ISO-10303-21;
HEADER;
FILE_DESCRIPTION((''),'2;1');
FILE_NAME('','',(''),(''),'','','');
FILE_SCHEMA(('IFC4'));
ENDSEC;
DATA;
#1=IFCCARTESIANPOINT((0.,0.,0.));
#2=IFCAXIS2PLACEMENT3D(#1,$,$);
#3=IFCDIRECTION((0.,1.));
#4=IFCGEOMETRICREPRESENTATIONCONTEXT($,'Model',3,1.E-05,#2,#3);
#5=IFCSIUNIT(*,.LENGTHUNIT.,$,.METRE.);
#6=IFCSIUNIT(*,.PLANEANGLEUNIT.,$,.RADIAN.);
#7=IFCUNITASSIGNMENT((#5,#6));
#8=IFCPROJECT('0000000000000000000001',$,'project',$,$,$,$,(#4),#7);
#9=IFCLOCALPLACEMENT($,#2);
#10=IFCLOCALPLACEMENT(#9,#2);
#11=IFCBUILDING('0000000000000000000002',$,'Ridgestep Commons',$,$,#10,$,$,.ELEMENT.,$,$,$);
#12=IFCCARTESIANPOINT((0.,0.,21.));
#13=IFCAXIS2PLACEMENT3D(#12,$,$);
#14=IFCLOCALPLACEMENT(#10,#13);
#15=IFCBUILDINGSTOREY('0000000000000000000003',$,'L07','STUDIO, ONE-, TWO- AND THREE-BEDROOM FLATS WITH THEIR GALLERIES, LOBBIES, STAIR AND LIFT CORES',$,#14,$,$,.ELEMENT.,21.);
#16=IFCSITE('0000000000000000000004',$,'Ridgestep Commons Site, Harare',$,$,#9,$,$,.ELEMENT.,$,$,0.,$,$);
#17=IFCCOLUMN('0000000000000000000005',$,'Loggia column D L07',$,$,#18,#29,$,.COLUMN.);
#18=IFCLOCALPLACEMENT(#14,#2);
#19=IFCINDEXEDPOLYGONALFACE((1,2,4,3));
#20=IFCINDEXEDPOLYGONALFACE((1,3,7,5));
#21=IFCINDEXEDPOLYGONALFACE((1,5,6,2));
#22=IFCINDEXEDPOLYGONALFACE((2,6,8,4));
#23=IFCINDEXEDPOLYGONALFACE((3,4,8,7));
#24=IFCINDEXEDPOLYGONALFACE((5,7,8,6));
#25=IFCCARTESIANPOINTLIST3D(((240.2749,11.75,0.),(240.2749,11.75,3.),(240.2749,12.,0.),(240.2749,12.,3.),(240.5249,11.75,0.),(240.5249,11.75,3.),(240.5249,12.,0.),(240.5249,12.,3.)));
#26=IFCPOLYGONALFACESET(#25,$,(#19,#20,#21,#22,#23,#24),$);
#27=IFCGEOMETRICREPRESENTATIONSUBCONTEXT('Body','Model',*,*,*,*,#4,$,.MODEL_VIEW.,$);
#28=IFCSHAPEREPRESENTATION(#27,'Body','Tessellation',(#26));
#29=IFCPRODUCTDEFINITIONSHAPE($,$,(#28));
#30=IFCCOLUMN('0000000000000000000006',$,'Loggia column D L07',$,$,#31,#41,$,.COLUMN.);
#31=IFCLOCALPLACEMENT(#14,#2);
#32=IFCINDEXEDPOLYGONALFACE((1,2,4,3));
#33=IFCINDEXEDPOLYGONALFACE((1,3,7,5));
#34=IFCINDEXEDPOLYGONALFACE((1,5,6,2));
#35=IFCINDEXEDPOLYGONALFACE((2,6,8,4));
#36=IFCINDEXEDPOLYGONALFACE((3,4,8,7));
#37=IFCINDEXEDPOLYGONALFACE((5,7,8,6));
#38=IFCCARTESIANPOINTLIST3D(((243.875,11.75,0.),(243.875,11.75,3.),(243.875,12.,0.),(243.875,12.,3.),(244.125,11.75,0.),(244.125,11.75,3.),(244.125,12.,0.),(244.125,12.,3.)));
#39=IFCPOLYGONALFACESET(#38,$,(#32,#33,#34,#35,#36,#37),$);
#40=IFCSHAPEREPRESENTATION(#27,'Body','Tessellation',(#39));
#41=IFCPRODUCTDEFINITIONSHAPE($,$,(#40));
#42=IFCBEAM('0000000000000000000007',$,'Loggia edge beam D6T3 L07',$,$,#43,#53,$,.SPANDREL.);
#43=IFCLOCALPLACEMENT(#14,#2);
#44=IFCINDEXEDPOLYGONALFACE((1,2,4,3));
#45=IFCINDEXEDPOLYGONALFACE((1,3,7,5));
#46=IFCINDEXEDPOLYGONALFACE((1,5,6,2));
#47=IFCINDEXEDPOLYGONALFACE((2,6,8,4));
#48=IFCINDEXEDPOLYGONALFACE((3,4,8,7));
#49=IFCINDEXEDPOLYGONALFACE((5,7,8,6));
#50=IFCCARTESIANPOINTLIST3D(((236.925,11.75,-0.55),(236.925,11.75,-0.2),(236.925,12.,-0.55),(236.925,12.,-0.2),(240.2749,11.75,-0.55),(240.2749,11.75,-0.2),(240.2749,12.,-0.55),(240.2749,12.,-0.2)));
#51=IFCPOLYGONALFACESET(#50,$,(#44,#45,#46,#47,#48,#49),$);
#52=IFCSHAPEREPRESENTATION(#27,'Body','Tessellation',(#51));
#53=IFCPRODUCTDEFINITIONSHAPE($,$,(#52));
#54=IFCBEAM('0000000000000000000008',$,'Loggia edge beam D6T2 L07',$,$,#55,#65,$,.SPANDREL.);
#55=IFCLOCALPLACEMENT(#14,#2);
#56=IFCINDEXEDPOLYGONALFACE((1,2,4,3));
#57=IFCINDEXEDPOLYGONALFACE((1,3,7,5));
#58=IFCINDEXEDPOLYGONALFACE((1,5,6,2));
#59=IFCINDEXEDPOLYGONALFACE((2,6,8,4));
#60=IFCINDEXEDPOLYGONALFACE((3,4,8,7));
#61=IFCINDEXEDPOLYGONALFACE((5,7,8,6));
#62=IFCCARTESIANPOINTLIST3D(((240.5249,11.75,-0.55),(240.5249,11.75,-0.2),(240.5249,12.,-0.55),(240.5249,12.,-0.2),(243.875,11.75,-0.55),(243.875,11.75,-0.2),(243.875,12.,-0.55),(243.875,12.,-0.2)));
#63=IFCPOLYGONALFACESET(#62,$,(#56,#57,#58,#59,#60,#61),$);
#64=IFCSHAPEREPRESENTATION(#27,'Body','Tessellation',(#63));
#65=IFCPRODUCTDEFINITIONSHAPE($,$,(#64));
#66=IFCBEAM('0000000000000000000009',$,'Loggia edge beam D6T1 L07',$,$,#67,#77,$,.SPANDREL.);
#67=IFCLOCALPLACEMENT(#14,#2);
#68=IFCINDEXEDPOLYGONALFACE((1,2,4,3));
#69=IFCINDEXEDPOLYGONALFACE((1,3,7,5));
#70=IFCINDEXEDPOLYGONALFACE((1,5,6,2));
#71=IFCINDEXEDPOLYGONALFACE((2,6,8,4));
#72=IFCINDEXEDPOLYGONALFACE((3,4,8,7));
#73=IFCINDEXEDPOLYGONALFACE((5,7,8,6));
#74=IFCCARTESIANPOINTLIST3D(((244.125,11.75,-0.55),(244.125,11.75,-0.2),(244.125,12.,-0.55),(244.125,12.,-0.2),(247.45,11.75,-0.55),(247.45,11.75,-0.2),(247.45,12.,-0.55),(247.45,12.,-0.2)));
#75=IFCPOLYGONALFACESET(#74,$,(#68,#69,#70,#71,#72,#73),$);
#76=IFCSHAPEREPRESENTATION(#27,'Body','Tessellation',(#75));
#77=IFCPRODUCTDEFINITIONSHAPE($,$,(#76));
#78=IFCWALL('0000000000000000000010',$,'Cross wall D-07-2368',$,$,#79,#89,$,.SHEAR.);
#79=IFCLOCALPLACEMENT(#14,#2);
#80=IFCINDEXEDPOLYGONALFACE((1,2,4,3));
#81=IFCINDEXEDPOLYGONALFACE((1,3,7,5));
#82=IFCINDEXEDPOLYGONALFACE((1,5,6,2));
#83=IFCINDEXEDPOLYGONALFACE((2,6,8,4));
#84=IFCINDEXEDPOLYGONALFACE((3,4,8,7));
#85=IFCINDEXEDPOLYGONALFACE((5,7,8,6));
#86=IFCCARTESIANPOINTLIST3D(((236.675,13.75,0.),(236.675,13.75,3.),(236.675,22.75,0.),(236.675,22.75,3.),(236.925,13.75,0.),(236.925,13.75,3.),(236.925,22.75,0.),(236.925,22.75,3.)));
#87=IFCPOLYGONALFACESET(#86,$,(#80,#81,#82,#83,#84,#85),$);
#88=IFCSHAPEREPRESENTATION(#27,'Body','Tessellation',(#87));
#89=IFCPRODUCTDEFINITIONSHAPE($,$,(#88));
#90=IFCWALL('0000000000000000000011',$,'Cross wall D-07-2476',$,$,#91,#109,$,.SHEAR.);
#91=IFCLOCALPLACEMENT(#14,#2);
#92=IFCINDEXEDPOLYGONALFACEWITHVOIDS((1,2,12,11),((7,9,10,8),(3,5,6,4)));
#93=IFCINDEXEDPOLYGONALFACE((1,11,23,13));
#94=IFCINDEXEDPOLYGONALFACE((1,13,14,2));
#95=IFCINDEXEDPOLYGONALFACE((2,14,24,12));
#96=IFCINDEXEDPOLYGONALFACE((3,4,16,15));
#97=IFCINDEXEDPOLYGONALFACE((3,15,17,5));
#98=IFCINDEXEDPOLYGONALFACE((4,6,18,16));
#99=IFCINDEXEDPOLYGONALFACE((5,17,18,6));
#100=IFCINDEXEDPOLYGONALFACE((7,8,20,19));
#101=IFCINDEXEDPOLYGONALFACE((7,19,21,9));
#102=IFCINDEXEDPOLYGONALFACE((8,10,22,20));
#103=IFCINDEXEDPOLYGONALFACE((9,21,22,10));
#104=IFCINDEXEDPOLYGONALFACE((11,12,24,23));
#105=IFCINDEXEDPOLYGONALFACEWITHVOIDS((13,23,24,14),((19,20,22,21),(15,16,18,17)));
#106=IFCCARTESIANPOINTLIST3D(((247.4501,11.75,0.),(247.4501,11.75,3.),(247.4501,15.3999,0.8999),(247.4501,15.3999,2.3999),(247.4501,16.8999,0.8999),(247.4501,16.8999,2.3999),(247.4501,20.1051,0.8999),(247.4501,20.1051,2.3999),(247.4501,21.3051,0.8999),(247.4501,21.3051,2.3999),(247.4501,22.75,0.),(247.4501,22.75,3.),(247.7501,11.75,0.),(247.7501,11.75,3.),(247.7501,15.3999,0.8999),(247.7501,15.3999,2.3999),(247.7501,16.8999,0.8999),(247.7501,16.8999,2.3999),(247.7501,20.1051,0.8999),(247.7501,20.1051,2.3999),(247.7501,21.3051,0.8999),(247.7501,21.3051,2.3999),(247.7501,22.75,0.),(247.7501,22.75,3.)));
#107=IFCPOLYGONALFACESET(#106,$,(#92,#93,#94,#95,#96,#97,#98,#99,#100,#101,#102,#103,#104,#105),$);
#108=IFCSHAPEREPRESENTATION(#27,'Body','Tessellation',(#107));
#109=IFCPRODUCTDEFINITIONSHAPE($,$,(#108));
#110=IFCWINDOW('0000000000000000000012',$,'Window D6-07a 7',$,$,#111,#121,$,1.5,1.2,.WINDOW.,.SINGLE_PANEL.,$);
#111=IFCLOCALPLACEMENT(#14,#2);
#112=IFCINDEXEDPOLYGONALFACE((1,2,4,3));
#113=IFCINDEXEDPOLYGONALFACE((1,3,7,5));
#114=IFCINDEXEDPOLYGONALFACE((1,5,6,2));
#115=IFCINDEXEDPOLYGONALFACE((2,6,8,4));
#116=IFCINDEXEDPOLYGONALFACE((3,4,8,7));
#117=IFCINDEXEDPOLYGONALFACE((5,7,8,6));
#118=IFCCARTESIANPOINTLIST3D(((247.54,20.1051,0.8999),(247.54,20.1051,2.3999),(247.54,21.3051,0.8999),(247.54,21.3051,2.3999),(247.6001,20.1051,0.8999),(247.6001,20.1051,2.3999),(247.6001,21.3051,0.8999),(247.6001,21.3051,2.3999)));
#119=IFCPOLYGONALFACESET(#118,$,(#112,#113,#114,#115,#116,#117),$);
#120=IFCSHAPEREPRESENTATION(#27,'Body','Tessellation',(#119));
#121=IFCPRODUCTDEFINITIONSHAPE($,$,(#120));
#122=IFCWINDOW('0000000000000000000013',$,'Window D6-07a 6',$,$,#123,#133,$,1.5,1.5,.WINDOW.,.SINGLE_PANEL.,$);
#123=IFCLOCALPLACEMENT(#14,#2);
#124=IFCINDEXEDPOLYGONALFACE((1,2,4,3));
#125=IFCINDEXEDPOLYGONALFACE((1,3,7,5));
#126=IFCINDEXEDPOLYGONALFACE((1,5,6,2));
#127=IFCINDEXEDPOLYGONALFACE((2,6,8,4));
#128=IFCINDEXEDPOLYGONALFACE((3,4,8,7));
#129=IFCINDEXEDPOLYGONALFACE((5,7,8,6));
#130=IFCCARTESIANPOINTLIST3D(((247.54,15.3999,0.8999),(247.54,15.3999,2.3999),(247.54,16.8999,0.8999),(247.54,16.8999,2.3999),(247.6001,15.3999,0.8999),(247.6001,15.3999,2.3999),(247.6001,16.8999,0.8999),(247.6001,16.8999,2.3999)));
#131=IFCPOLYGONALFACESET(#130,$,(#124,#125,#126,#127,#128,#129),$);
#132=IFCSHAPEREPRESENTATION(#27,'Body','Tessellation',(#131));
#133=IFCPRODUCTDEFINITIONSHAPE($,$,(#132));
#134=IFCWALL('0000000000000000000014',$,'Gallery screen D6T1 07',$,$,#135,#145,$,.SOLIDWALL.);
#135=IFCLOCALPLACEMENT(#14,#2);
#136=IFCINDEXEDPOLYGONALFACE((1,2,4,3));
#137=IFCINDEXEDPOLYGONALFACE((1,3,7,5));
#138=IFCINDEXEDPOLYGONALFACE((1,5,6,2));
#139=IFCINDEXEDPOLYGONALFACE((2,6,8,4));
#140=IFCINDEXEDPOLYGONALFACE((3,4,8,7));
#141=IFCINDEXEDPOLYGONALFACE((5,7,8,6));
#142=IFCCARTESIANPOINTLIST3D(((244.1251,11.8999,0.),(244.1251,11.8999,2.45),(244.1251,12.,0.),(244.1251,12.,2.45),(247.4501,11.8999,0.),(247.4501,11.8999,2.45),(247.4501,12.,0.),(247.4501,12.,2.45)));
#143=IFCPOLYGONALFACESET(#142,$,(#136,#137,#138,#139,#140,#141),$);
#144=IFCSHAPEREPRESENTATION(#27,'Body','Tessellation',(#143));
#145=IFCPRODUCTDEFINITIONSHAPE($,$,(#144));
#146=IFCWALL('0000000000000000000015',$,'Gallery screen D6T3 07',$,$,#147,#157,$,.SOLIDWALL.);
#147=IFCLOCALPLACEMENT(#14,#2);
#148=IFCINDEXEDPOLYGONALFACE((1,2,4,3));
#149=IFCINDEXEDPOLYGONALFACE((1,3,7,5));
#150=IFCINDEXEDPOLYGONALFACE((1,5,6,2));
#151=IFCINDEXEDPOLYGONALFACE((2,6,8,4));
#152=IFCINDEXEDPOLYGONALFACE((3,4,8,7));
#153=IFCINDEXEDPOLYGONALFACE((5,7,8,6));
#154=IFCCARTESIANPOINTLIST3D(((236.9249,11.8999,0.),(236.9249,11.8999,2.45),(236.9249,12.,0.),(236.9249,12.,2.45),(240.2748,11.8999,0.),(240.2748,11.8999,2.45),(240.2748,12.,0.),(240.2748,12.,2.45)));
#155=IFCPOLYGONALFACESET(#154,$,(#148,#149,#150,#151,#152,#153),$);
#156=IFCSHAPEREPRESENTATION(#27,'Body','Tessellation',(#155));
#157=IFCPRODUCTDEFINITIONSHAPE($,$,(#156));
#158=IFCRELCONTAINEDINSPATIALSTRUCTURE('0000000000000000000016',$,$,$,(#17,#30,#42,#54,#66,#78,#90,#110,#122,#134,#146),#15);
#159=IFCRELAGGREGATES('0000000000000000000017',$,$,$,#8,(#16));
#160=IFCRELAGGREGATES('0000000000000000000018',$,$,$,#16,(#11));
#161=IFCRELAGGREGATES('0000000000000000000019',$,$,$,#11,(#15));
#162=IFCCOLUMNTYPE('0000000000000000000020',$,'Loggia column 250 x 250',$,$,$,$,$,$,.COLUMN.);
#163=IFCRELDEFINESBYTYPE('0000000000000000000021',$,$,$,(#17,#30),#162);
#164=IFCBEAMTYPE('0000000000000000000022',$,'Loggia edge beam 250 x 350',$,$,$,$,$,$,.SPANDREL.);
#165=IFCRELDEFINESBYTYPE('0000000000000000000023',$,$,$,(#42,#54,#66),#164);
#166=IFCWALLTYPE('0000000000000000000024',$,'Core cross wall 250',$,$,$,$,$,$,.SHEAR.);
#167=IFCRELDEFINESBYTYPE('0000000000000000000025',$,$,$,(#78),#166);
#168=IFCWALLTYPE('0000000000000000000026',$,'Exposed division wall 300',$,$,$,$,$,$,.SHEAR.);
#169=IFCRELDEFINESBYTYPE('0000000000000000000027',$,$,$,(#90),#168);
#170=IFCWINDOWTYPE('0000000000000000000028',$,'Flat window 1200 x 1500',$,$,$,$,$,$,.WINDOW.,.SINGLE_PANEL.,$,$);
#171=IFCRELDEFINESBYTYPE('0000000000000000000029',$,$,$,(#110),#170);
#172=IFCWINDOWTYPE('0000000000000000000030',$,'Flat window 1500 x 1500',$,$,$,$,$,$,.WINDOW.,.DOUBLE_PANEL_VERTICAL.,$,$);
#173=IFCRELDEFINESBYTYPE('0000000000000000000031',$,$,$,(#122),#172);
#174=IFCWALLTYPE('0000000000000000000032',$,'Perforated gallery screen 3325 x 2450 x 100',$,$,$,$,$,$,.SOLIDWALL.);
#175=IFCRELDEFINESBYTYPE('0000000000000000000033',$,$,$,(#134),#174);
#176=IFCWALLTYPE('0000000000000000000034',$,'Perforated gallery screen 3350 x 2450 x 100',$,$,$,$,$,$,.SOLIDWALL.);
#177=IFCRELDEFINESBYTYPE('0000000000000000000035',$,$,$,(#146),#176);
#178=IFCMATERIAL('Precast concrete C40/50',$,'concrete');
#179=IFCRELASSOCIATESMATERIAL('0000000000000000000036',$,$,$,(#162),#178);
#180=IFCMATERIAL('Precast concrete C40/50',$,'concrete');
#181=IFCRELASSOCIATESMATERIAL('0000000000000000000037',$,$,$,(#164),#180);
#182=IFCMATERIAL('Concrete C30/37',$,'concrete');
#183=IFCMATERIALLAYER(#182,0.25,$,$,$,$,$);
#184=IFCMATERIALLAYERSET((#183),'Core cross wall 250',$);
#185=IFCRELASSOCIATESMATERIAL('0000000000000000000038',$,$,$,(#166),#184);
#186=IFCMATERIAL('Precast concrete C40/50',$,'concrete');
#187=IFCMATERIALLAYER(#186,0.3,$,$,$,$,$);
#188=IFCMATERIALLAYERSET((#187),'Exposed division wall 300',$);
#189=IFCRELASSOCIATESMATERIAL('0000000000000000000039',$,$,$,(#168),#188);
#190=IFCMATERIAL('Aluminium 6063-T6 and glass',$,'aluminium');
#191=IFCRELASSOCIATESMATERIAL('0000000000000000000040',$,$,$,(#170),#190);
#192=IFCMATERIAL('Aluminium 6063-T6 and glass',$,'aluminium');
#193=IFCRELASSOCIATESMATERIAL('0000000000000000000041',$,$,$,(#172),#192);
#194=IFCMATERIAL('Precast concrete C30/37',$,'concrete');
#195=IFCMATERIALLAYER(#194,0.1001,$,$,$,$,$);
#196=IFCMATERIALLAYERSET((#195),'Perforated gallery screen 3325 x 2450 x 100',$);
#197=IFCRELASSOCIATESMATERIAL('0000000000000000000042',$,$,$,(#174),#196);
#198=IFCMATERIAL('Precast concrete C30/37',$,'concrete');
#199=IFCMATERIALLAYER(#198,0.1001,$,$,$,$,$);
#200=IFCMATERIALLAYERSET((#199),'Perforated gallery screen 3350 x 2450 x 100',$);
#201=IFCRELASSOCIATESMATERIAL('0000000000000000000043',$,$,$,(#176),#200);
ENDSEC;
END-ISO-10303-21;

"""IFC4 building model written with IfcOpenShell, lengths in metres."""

from ifc_helpers import new_model, si_unit, direction, frame, frame_2d, origin, origin_2d, place, context, subcontext, project, spatial, rectangle, extrude, material, layer, layer_set, material_profile, profile_set, type_object, element, fill, save


model = new_model("IFC4")

# Units and contexts
model_context = context("Model", 3, precision=1e-05, world=origin(), true_north=direction((0.0, 1.0)))
body_context = subcontext(model_context, "Body", "Model", "MODEL_VIEW")
ifc_project = project(units=[si_unit("LENGTHUNIT", "METRE"), si_unit("PLANEANGLEUNIT", "RADIAN")], contexts=[model_context])

# Site, building, storey
site_placement = place(None, origin())
site = spatial("IfcSite", under=ifc_project, at=site_placement, Name="Ridgestep Commons Site, Harare", CompositionType="ELEMENT", RefElevation=0.0)
building_placement = place(site_placement, origin())
building = spatial("IfcBuilding", under=site, at=building_placement, Name="Ridgestep Commons", CompositionType="ELEMENT")
storey_placement = place(building_placement, frame((0.0, 0.0, 21.0)))
storey = spatial("IfcBuildingStorey", under=building, at=storey_placement, Name="L07", Description="STUDIO, ONE-, TWO- AND THREE-BEDROOM FLATS WITH THEIR GALLERIES, LOBBIES, STAIR AND LIFT CORES", CompositionType="ELEMENT", Elevation=21.0)

# Columns
ifc_material_1 = material(Name="Precast concrete C40/50", Category="concrete")
ifc_material_profile_1 = material_profile(ifc_material_1, rectangle(XDim=0.25, YDim=0.25, at=origin_2d()), Name="PC 250x250")
ifc_profile_set_1 = profile_set([ifc_material_profile_1], Name="Precast concrete C40/50")
column_type = type_object("IfcColumnType", Name="Loggia column 250 x 250", PredefinedType="COLUMN", material=ifc_profile_set_1)
for number, where, z_axis, x_axis, name in (
    (1, (240.3999, 11.875, 0.0), (0.0, 0.0, 1.0), (1.0, 0.0, 0.0), "Loggia column D L07"),
    (2, (244.0, 11.875, 0.0), (0.0, 0.0, 1.0), (1.0, 0.0, 0.0), "Loggia column D L07"),
):
    element("IfcColumn", number, at=place(storey_placement, frame(where, z_axis=z_axis, x_axis=x_axis)), inside=storey, type_object=column_type, Name=name, PredefinedType="COLUMN", context=body_context, shape_type="SweptSolid", body=[
        extrude(rectangle(XDim=0.25, YDim=0.25, at=origin_2d()), origin(), (0.0, 0.0, 1.0), 3.0),
    ])

# Beams
ifc_material_2 = material(Name="Precast concrete C40/50", Category="concrete")
ifc_material_profile_2 = material_profile(ifc_material_2, rectangle(XDim=0.25, YDim=0.3501, at=origin_2d()), Name="PC 250x350")
ifc_profile_set_2 = profile_set([ifc_material_profile_2], Name="Precast concrete C40/50")
beam_type = type_object("IfcBeamType", Name="Loggia edge beam 250 x 350", PredefinedType="SPANDREL", material=ifc_profile_set_2)
beam_1_placement = place(storey_placement, frame((236.925, 11.875, -0.375), z_axis=(1.0, 0.0, 0.0), x_axis=(0.0, 1.0, 0.0)))
element("IfcBeam", 3, at=beam_1_placement, inside=storey, type_object=beam_type, Name="Loggia edge beam D6T3 L07", PredefinedType="SPANDREL", context=body_context, shape_type="SweptSolid", body=[
    extrude(rectangle(XDim=0.25, YDim=0.3501, at=origin_2d()), origin(), (0.0, 0.0, 1.0), 3.3499),
])
beam_2_placement = place(storey_placement, frame((240.5249, 11.875, -0.375), z_axis=(1.0, 0.0, 0.0), x_axis=(0.0, 1.0, 0.0)))
element("IfcBeam", 4, at=beam_2_placement, inside=storey, type_object=beam_type, Name="Loggia edge beam D6T2 L07", PredefinedType="SPANDREL", context=body_context, shape_type="SweptSolid", body=[
    extrude(rectangle(XDim=0.25, YDim=0.3501, at=origin_2d()), origin(), (0.0, 0.0, 1.0), 3.3501),
])
beam_3_placement = place(storey_placement, frame((244.125, 11.875, -0.375), z_axis=(1.0, 0.0, 0.0), x_axis=(0.0, 1.0, 0.0)))
element("IfcBeam", 5, at=beam_3_placement, inside=storey, type_object=beam_type, Name="Loggia edge beam D6T1 L07", PredefinedType="SPANDREL", context=body_context, shape_type="SweptSolid", body=[
    extrude(rectangle(XDim=0.25, YDim=0.3501, at=origin_2d()), origin(), (0.0, 0.0, 1.0), 3.325),
])

# Wall
ifc_material_3 = material(Name="Concrete C30/37", Category="concrete")
ifc_layer_1 = layer(ifc_material_3, 0.25)
ifc_layer_set_1 = layer_set([ifc_layer_1], Name="Core cross wall 250")
wall_type_1 = type_object("IfcWallType", Name="Core cross wall 250", PredefinedType="SHEAR", material=ifc_layer_set_1)
wall_1_placement = place(storey_placement, frame((236.8, 13.75, 0.0), z_axis=(0.0, 0.0, 1.0), x_axis=(0.0, 1.0, 0.0)))
element("IfcWall", 6, at=wall_1_placement, inside=storey, type_object=wall_type_1, Name="Cross wall D-07-2368", PredefinedType="SHEAR", context=body_context, shape_type="SweptSolid", body=[
    extrude(rectangle(XDim=9.0, YDim=0.25, at=frame_2d((4.5, 0.0))), origin(), (0.0, 0.0, 1.0), 3.0),
])

# Wall, openings, windows
ifc_material_4 = material(Name="Precast concrete C40/50", Category="concrete")
ifc_layer_2 = layer(ifc_material_4, 0.3)
ifc_layer_set_2 = layer_set([ifc_layer_2], Name="Exposed division wall 300")
wall_type_2 = type_object("IfcWallType", Name="Exposed division wall 300", PredefinedType="SHEAR", material=ifc_layer_set_2)
wall_2_placement = place(storey_placement, frame((247.6001, 11.75, 0.0), z_axis=(0.0, 0.0, 1.0), x_axis=(0.0, 1.0, 0.0)))
wall_2 = element("IfcWall", 7, at=wall_2_placement, inside=storey, type_object=wall_type_2, Name="Cross wall D-07-2476", PredefinedType="SHEAR", context=body_context, shape_type="SweptSolid", body=[
    extrude(rectangle(XDim=11.0, YDim=0.3, at=frame_2d((5.5, 0.0))), origin(), (0.0, 0.0, 1.0), 3.0),
])
opening_1_placement = place(wall_2_placement, frame((3.6499, 0.0, 0.8999)))
opening_1 = element("IfcOpeningElement", 8, at=opening_1_placement, cuts=wall_2, PredefinedType="OPENING", context=body_context, shape_type="SweptSolid", body=[
    extrude(rectangle(XDim=1.5, YDim=1.5, at=frame_2d((0.75, 0.75))), frame((0.0, 0.1599, 0.0), z_axis=(0.0, -1.0, 0.0), x_axis=(1.0, 0.0, 0.0)), (0.0, 0.0, 1.0), 0.3201),
])
opening_2_placement = place(wall_2_placement, frame((8.355, 0.0, 0.8999)))
opening_2 = element("IfcOpeningElement", 9, at=opening_2_placement, cuts=wall_2, PredefinedType="OPENING", context=body_context, shape_type="SweptSolid", body=[
    extrude(rectangle(XDim=1.2, YDim=1.5, at=frame_2d((0.6001, 0.75))), frame((0.0, 0.1599, 0.0), z_axis=(0.0, -1.0, 0.0), x_axis=(1.0, 0.0, 0.0)), (0.0, 0.0, 1.0), 0.3201),
])
ifc_material_5 = material(Name="Aluminium 6063-T6 and glass", Category="aluminium")
window_type_1 = type_object("IfcWindowType", Name="Flat window 1200 x 1500", PartitioningType="SINGLE_PANEL", PredefinedType="WINDOW", material=ifc_material_5)
window_1_placement = place(opening_2_placement, origin())
window_1 = element("IfcWindow", 10, at=window_1_placement, inside=storey, type_object=window_type_1, Name="Window D6-07a 7", OverallHeight=1.5, OverallWidth=1.2, PartitioningType="SINGLE_PANEL", PredefinedType="WINDOW", context=body_context, shape_type="SweptSolid", body=[
    extrude(rectangle(XDim=1.2, YDim=1.5, at=frame_2d((0.6001, 0.75))), frame((0.0, 0.0601, 0.0), z_axis=(0.0, -1.0, 0.0), x_axis=(1.0, 0.0, 0.0)), (0.0, 0.0, 1.0), 0.0601),
])
fill(opening_2, window_1)
ifc_material_6 = material(Name="Aluminium 6063-T6 and glass", Category="aluminium")
window_type_2 = type_object("IfcWindowType", Name="Flat window 1500 x 1500", PartitioningType="DOUBLE_PANEL_VERTICAL", PredefinedType="WINDOW", material=ifc_material_6)
window_2_placement = place(opening_1_placement, origin())
window_2 = element("IfcWindow", 11, at=window_2_placement, inside=storey, type_object=window_type_2, Name="Window D6-07a 6", OverallHeight=1.5, OverallWidth=1.5, PartitioningType="SINGLE_PANEL", PredefinedType="WINDOW", context=body_context, shape_type="SweptSolid", body=[
    extrude(rectangle(XDim=1.5, YDim=1.5, at=frame_2d((0.75, 0.75))), frame((0.0, 0.0601, 0.0), z_axis=(0.0, -1.0, 0.0), x_axis=(1.0, 0.0, 0.0)), (0.0, 0.0, 1.0), 0.0601),
])
fill(opening_1, window_2)

# Walls
ifc_material_7 = material(Name="Precast concrete C30/37", Category="concrete")
ifc_layer_3 = layer(ifc_material_7, 0.1001)
ifc_layer_set_3 = layer_set([ifc_layer_3], Name="Perforated gallery screen 3325 x 2450 x 100")
wall_type_3 = type_object("IfcWallType", Name="Perforated gallery screen 3325 x 2450 x 100", PredefinedType="SOLIDWALL", material=ifc_layer_set_3)
wall_3_placement = place(storey_placement, frame((244.125, 11.95, 0.0), z_axis=(0.0, 0.0, 1.0), x_axis=(1.0, 0.0, 0.0)))
element("IfcWall", 12, at=wall_3_placement, inside=storey, type_object=wall_type_3, Name="Gallery screen D6T1 07", PredefinedType="SOLIDWALL", context=body_context, shape_type="SweptSolid", body=[
    extrude(rectangle(XDim=3.325, YDim=0.1001, at=frame_2d((1.6626, 0.0))), origin(), (0.0, 0.0, 1.0), 2.45),
])
ifc_material_8 = material(Name="Precast concrete C30/37", Category="concrete")
ifc_layer_4 = layer(ifc_material_8, 0.1001)
ifc_layer_set_4 = layer_set([ifc_layer_4], Name="Perforated gallery screen 3350 x 2450 x 100")
wall_type_4 = type_object("IfcWallType", Name="Perforated gallery screen 3350 x 2450 x 100", PredefinedType="SOLIDWALL", material=ifc_layer_set_4)
wall_4_placement = place(storey_placement, frame((236.925, 11.95, 0.0), z_axis=(0.0, 0.0, 1.0), x_axis=(1.0, 0.0, 0.0)))
element("IfcWall", 13, at=wall_4_placement, inside=storey, type_object=wall_type_4, Name="Gallery screen D6T3 07", PredefinedType="SOLIDWALL", context=body_context, shape_type="SweptSolid", body=[
    extrude(rectangle(XDim=3.3499, YDim=0.1001, at=frame_2d((1.6748, 0.0))), origin(), (0.0, 0.0, 1.0), 2.45),
])

save(model, "model.ifc")
